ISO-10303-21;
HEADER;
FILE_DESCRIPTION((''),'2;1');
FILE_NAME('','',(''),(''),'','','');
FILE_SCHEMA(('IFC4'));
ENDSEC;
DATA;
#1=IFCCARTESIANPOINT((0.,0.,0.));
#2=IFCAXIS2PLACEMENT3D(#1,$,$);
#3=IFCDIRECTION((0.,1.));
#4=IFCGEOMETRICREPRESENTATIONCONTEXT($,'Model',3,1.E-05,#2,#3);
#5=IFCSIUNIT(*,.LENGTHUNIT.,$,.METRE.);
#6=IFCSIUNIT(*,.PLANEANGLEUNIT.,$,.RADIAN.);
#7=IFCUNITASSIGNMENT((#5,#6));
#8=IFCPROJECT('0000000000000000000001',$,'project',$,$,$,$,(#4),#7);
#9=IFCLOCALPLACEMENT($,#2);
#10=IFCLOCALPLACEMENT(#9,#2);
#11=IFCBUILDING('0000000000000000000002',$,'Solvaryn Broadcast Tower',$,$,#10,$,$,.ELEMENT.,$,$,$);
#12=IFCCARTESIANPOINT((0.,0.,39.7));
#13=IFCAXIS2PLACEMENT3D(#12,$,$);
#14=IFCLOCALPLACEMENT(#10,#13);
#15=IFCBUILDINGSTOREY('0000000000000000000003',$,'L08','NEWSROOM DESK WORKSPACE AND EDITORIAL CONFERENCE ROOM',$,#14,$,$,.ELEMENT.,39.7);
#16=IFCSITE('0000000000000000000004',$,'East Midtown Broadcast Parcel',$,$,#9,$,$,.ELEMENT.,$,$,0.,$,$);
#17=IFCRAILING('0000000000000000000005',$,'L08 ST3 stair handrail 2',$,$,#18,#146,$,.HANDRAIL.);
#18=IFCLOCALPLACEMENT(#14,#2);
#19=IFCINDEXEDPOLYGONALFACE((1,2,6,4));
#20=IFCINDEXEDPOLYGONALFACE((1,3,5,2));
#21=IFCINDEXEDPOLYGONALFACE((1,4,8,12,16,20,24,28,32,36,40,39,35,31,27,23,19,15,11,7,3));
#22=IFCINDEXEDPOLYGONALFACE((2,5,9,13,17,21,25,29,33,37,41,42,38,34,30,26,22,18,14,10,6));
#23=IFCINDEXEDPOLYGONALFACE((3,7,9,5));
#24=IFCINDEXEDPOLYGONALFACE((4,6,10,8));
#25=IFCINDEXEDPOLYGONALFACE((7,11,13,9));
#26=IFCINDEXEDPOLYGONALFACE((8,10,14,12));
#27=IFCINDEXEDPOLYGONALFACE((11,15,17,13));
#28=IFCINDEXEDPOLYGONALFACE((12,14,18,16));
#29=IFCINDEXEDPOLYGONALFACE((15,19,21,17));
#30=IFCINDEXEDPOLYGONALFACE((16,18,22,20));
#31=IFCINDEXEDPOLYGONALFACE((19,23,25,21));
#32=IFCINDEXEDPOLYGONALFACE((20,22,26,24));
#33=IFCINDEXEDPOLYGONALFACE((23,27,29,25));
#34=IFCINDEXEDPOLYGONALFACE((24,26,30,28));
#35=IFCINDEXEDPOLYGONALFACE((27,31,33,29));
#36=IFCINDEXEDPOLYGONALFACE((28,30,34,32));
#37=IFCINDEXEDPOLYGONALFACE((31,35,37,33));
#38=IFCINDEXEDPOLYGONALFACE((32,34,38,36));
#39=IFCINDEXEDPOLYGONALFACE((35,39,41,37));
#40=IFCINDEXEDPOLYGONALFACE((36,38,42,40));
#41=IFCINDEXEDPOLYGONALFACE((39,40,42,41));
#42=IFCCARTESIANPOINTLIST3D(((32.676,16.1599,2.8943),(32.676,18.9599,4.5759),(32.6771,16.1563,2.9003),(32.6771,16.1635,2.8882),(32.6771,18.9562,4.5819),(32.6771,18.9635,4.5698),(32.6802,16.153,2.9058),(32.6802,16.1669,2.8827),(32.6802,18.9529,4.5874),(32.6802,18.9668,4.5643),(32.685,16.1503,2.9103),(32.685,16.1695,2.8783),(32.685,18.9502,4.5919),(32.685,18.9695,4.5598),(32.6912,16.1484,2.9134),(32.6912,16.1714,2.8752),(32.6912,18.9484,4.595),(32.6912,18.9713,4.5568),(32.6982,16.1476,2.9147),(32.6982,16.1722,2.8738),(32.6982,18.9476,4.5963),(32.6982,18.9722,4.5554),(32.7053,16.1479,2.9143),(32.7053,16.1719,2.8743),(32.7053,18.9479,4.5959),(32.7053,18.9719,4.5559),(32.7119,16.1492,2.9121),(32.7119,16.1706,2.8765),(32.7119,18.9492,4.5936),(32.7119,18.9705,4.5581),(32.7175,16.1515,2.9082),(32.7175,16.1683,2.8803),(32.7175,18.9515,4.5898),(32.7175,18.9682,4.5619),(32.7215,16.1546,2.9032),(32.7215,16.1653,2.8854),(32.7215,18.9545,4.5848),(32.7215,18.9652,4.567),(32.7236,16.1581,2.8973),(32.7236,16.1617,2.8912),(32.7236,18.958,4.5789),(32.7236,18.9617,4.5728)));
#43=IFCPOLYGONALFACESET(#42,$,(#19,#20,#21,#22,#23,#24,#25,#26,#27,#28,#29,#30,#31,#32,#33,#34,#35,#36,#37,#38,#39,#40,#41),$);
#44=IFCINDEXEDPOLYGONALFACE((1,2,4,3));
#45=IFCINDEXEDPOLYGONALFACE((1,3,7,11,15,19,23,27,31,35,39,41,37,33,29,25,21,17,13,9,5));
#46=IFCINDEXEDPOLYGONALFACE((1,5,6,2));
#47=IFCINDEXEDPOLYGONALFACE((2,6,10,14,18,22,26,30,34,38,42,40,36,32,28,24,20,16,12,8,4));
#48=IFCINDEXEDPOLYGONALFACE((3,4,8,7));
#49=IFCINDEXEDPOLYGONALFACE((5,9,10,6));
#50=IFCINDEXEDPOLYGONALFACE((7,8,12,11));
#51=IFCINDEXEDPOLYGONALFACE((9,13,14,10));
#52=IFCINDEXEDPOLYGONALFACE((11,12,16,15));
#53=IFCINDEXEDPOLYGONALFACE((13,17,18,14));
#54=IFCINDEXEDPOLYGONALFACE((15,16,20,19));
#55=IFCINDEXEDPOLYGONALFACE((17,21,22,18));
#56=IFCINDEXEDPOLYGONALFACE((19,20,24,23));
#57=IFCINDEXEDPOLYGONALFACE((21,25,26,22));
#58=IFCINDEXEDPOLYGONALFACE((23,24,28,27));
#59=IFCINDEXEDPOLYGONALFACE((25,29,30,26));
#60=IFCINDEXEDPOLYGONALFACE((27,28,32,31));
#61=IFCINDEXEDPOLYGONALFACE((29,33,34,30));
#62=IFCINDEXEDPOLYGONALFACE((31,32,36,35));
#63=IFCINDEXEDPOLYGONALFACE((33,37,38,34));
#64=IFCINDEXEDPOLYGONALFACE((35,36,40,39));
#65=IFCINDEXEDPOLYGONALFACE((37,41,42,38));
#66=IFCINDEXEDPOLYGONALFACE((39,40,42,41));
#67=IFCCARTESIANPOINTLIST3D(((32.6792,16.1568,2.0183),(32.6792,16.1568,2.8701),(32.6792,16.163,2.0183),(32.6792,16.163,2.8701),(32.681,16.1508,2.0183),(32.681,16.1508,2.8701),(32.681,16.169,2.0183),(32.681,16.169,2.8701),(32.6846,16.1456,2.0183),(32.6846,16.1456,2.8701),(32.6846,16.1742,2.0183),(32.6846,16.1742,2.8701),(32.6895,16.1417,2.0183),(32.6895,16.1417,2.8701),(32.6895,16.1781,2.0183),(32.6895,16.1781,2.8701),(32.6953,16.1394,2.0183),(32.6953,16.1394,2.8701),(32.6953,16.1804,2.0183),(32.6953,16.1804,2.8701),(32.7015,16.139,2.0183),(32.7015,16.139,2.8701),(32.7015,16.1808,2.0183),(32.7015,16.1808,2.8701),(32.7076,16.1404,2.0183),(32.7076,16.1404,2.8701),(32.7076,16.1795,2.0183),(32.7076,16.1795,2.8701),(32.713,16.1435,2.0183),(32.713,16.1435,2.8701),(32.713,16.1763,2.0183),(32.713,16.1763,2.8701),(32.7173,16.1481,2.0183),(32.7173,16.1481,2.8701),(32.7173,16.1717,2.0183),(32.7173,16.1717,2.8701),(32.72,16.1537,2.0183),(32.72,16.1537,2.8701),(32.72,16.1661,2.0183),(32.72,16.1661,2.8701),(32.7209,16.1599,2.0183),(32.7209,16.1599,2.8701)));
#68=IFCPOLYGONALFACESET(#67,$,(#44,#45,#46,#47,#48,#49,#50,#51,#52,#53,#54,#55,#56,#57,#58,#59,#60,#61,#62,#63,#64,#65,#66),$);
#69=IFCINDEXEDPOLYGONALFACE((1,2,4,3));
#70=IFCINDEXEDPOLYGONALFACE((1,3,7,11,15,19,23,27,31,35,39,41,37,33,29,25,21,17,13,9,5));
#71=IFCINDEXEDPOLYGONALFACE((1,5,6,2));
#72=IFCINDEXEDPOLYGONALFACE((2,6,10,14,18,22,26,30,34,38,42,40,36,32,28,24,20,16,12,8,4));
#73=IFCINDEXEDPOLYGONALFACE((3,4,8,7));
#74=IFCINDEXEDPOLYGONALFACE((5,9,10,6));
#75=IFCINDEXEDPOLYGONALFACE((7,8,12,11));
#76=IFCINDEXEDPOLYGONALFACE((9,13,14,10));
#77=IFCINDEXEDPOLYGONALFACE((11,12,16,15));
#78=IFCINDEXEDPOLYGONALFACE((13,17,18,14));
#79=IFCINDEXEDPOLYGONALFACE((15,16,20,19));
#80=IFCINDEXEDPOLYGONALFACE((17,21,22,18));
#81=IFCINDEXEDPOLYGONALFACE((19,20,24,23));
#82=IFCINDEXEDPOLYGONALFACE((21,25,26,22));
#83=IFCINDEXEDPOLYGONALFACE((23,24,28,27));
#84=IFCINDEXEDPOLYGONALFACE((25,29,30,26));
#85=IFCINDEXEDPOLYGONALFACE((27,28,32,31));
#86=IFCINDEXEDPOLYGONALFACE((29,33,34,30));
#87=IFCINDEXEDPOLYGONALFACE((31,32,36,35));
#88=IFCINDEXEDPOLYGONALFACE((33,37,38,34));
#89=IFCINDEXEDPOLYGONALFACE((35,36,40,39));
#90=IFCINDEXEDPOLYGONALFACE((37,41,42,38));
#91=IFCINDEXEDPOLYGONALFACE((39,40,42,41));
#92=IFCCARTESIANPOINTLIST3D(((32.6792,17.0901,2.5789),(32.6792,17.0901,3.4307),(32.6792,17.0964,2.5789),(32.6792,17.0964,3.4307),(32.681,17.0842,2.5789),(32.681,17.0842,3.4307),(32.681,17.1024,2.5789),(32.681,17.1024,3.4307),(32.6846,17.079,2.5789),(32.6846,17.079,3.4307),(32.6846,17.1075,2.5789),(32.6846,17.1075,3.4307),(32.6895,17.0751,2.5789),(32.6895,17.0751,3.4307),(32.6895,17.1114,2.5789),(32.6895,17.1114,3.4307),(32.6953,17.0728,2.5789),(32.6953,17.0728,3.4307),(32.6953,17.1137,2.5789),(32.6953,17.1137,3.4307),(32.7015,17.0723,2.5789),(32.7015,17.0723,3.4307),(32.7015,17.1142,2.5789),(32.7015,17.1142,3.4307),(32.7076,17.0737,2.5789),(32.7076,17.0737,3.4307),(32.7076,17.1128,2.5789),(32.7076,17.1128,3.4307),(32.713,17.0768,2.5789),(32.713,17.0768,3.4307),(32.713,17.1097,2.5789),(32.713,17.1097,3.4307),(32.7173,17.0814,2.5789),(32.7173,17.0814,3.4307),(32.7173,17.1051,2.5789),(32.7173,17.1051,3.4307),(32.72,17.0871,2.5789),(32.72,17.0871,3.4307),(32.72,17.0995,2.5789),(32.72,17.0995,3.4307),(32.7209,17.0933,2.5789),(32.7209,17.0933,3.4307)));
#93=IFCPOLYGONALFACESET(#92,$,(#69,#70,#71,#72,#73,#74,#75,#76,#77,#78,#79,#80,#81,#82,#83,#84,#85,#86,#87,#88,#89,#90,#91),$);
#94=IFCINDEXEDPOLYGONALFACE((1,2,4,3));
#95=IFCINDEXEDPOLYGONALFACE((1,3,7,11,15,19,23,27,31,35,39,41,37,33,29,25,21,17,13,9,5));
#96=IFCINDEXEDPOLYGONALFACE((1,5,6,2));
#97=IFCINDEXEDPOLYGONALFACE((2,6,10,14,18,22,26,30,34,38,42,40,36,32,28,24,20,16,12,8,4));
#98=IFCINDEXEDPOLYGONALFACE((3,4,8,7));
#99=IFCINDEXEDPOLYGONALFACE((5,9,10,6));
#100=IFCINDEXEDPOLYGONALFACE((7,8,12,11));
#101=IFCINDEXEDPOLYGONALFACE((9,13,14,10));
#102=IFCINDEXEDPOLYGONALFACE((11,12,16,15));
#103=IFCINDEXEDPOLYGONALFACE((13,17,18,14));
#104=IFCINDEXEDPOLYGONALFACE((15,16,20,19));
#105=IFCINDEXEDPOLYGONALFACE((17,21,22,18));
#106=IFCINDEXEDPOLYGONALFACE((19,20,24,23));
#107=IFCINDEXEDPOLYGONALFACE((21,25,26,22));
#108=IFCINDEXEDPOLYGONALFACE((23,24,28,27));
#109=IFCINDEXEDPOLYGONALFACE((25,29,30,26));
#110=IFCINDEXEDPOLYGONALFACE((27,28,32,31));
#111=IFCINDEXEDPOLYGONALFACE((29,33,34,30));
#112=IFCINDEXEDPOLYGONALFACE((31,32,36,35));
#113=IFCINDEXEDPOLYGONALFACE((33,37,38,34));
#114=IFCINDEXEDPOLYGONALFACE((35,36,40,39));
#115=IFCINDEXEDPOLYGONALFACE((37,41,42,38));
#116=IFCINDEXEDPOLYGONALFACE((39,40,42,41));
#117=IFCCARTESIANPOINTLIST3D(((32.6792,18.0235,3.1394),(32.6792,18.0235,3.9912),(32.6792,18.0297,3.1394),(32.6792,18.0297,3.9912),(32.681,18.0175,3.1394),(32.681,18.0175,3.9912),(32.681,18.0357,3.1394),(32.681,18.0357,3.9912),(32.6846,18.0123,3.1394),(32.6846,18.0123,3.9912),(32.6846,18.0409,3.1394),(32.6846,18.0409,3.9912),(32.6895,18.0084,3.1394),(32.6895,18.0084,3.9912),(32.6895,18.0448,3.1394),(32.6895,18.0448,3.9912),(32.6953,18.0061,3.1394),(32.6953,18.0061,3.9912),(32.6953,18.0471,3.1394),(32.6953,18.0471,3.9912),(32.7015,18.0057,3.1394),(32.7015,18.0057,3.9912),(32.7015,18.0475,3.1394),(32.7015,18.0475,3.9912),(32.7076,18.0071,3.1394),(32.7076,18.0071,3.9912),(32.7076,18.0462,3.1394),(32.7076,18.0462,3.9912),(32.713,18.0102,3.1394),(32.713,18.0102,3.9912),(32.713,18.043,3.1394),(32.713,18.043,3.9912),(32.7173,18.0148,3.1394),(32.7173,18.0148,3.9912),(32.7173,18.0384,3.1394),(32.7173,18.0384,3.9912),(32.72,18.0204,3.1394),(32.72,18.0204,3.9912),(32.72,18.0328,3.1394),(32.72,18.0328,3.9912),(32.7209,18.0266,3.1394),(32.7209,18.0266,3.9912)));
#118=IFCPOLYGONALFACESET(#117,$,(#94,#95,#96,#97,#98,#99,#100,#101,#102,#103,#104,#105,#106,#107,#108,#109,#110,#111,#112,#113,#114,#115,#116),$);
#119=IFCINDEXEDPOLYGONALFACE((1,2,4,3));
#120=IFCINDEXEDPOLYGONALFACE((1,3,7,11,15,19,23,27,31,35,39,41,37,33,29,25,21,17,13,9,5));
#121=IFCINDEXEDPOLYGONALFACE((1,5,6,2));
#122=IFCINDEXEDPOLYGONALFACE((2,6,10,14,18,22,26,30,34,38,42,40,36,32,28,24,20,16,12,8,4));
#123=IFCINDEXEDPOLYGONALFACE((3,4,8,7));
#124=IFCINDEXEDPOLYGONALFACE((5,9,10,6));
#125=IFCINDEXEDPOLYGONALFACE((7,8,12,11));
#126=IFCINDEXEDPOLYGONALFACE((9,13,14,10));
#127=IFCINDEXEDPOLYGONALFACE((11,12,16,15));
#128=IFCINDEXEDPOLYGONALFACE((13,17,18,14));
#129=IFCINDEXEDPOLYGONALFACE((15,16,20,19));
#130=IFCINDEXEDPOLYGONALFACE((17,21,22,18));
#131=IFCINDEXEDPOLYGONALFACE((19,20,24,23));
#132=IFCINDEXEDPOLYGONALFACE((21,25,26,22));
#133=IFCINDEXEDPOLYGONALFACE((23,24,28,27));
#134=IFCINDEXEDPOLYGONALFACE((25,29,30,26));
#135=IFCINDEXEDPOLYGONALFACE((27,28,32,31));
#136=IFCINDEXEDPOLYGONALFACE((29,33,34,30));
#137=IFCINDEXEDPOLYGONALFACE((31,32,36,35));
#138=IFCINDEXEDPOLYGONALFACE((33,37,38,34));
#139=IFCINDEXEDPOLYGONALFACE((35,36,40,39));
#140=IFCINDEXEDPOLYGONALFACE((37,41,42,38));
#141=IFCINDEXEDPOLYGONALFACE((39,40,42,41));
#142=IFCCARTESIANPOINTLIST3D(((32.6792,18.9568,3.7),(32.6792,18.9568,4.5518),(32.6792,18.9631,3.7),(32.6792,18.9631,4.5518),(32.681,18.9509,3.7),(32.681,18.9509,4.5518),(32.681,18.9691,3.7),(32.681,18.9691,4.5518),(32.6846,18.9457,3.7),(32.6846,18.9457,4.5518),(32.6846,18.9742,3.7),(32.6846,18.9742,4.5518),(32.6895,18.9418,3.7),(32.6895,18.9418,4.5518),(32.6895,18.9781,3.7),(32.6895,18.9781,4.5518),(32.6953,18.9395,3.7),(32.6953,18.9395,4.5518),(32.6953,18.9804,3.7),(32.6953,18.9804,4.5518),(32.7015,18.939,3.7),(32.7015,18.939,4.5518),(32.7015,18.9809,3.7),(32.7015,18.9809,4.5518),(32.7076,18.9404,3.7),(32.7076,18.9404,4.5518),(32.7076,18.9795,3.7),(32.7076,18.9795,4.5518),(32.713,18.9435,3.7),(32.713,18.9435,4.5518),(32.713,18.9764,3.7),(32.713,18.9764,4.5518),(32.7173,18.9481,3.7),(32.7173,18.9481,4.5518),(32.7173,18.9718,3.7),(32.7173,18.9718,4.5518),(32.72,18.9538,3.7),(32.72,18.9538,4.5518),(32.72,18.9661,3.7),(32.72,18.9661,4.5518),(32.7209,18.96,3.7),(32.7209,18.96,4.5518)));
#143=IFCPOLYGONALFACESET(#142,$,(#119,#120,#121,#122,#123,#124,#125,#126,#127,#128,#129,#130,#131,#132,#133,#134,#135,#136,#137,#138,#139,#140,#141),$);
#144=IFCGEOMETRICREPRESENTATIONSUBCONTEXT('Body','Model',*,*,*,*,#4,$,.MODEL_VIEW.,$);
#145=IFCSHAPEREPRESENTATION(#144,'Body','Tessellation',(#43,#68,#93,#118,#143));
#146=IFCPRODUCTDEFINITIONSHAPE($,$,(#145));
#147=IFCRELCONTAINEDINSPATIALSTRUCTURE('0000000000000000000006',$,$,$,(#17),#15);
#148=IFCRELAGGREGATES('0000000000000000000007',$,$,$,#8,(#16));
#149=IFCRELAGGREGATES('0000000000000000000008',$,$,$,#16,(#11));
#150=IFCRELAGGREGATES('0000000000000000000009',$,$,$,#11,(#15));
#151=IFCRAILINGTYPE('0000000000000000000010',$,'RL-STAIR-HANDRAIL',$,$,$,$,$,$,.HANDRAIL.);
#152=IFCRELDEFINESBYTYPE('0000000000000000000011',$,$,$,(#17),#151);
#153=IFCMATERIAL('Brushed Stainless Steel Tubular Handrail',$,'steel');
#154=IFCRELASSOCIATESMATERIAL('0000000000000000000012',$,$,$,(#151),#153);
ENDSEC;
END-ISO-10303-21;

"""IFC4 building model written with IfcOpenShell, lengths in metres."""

from ifc_helpers import new_model, si_unit, direction, frame, origin, origin_2d, place, context, subcontext, project, spatial, circle, extrude, material, type_object, element, save


model = new_model("IFC4")

# Units and contexts
model_context = context("Model", 3, precision=1e-05, world=origin(), true_north=direction((0.0, 1.0)))
body_context = subcontext(model_context, "Body", "Model", "MODEL_VIEW")
ifc_project = project(units=[si_unit("LENGTHUNIT", "METRE"), si_unit("PLANEANGLEUNIT", "RADIAN")], contexts=[model_context])

# Site, building, storey
site_placement = place(None, origin())
site = spatial("IfcSite", under=ifc_project, at=site_placement, Name="East Midtown Broadcast Parcel", CompositionType="ELEMENT", RefElevation=0.0)
building_placement = place(site_placement, origin())
building = spatial("IfcBuilding", under=site, at=building_placement, Name="Solvaryn Broadcast Tower", CompositionType="ELEMENT")
storey_placement = place(building_placement, frame((0.0, 0.0, 39.7)))
storey = spatial("IfcBuildingStorey", under=building, at=storey_placement, Name="L08", Description="NEWSROOM DESK WORKSPACE AND EDITORIAL CONFERENCE ROOM", CompositionType="ELEMENT", Elevation=39.7)

# Railing
ifc_material_1 = material(Name="Brushed Stainless Steel Tubular Handrail", Category="steel")
railing_type_1 = type_object("IfcRailingType", Name="RL-STAIR-HANDRAIL", PredefinedType="HANDRAIL", material=ifc_material_1)
railing_1_placement = place(storey_placement, frame((32.7, 16.1599, 2.0183)))
element("IfcRailing", 1, at=railing_1_placement, inside=storey, type_object=railing_type_1, Name="L08 ST3 stair handrail 2", PredefinedType="HANDRAIL", context=body_context, shape_type="SweptSolid", body=[
    extrude(circle(Radius=0.0239, at=origin_2d()), frame((0.0, 0.0, 0.876), z_axis=(0.0, 0.857275, 0.514858), x_axis=(-1.0, 0.0, 0.0)), (0.0, 0.0, 1.0), 3.2661),
    extrude(circle(Radius=0.021, at=origin_2d()), origin(), (0.0, 0.0, 1.0), 0.8518),
    extrude(circle(Radius=0.021, at=origin_2d()), frame((0.0, 0.9333, 0.5605)), (0.0, 0.0, 1.0), 0.8518),
    extrude(circle(Radius=0.021, at=origin_2d()), frame((0.0, 1.8667, 1.1211)), (0.0, 0.0, 1.0), 0.8518),
    extrude(circle(Radius=0.021, at=origin_2d()), frame((0.0, 2.8, 1.6816)), (0.0, 0.0, 1.0), 0.8518),
])

save(model, "model.ifc")
